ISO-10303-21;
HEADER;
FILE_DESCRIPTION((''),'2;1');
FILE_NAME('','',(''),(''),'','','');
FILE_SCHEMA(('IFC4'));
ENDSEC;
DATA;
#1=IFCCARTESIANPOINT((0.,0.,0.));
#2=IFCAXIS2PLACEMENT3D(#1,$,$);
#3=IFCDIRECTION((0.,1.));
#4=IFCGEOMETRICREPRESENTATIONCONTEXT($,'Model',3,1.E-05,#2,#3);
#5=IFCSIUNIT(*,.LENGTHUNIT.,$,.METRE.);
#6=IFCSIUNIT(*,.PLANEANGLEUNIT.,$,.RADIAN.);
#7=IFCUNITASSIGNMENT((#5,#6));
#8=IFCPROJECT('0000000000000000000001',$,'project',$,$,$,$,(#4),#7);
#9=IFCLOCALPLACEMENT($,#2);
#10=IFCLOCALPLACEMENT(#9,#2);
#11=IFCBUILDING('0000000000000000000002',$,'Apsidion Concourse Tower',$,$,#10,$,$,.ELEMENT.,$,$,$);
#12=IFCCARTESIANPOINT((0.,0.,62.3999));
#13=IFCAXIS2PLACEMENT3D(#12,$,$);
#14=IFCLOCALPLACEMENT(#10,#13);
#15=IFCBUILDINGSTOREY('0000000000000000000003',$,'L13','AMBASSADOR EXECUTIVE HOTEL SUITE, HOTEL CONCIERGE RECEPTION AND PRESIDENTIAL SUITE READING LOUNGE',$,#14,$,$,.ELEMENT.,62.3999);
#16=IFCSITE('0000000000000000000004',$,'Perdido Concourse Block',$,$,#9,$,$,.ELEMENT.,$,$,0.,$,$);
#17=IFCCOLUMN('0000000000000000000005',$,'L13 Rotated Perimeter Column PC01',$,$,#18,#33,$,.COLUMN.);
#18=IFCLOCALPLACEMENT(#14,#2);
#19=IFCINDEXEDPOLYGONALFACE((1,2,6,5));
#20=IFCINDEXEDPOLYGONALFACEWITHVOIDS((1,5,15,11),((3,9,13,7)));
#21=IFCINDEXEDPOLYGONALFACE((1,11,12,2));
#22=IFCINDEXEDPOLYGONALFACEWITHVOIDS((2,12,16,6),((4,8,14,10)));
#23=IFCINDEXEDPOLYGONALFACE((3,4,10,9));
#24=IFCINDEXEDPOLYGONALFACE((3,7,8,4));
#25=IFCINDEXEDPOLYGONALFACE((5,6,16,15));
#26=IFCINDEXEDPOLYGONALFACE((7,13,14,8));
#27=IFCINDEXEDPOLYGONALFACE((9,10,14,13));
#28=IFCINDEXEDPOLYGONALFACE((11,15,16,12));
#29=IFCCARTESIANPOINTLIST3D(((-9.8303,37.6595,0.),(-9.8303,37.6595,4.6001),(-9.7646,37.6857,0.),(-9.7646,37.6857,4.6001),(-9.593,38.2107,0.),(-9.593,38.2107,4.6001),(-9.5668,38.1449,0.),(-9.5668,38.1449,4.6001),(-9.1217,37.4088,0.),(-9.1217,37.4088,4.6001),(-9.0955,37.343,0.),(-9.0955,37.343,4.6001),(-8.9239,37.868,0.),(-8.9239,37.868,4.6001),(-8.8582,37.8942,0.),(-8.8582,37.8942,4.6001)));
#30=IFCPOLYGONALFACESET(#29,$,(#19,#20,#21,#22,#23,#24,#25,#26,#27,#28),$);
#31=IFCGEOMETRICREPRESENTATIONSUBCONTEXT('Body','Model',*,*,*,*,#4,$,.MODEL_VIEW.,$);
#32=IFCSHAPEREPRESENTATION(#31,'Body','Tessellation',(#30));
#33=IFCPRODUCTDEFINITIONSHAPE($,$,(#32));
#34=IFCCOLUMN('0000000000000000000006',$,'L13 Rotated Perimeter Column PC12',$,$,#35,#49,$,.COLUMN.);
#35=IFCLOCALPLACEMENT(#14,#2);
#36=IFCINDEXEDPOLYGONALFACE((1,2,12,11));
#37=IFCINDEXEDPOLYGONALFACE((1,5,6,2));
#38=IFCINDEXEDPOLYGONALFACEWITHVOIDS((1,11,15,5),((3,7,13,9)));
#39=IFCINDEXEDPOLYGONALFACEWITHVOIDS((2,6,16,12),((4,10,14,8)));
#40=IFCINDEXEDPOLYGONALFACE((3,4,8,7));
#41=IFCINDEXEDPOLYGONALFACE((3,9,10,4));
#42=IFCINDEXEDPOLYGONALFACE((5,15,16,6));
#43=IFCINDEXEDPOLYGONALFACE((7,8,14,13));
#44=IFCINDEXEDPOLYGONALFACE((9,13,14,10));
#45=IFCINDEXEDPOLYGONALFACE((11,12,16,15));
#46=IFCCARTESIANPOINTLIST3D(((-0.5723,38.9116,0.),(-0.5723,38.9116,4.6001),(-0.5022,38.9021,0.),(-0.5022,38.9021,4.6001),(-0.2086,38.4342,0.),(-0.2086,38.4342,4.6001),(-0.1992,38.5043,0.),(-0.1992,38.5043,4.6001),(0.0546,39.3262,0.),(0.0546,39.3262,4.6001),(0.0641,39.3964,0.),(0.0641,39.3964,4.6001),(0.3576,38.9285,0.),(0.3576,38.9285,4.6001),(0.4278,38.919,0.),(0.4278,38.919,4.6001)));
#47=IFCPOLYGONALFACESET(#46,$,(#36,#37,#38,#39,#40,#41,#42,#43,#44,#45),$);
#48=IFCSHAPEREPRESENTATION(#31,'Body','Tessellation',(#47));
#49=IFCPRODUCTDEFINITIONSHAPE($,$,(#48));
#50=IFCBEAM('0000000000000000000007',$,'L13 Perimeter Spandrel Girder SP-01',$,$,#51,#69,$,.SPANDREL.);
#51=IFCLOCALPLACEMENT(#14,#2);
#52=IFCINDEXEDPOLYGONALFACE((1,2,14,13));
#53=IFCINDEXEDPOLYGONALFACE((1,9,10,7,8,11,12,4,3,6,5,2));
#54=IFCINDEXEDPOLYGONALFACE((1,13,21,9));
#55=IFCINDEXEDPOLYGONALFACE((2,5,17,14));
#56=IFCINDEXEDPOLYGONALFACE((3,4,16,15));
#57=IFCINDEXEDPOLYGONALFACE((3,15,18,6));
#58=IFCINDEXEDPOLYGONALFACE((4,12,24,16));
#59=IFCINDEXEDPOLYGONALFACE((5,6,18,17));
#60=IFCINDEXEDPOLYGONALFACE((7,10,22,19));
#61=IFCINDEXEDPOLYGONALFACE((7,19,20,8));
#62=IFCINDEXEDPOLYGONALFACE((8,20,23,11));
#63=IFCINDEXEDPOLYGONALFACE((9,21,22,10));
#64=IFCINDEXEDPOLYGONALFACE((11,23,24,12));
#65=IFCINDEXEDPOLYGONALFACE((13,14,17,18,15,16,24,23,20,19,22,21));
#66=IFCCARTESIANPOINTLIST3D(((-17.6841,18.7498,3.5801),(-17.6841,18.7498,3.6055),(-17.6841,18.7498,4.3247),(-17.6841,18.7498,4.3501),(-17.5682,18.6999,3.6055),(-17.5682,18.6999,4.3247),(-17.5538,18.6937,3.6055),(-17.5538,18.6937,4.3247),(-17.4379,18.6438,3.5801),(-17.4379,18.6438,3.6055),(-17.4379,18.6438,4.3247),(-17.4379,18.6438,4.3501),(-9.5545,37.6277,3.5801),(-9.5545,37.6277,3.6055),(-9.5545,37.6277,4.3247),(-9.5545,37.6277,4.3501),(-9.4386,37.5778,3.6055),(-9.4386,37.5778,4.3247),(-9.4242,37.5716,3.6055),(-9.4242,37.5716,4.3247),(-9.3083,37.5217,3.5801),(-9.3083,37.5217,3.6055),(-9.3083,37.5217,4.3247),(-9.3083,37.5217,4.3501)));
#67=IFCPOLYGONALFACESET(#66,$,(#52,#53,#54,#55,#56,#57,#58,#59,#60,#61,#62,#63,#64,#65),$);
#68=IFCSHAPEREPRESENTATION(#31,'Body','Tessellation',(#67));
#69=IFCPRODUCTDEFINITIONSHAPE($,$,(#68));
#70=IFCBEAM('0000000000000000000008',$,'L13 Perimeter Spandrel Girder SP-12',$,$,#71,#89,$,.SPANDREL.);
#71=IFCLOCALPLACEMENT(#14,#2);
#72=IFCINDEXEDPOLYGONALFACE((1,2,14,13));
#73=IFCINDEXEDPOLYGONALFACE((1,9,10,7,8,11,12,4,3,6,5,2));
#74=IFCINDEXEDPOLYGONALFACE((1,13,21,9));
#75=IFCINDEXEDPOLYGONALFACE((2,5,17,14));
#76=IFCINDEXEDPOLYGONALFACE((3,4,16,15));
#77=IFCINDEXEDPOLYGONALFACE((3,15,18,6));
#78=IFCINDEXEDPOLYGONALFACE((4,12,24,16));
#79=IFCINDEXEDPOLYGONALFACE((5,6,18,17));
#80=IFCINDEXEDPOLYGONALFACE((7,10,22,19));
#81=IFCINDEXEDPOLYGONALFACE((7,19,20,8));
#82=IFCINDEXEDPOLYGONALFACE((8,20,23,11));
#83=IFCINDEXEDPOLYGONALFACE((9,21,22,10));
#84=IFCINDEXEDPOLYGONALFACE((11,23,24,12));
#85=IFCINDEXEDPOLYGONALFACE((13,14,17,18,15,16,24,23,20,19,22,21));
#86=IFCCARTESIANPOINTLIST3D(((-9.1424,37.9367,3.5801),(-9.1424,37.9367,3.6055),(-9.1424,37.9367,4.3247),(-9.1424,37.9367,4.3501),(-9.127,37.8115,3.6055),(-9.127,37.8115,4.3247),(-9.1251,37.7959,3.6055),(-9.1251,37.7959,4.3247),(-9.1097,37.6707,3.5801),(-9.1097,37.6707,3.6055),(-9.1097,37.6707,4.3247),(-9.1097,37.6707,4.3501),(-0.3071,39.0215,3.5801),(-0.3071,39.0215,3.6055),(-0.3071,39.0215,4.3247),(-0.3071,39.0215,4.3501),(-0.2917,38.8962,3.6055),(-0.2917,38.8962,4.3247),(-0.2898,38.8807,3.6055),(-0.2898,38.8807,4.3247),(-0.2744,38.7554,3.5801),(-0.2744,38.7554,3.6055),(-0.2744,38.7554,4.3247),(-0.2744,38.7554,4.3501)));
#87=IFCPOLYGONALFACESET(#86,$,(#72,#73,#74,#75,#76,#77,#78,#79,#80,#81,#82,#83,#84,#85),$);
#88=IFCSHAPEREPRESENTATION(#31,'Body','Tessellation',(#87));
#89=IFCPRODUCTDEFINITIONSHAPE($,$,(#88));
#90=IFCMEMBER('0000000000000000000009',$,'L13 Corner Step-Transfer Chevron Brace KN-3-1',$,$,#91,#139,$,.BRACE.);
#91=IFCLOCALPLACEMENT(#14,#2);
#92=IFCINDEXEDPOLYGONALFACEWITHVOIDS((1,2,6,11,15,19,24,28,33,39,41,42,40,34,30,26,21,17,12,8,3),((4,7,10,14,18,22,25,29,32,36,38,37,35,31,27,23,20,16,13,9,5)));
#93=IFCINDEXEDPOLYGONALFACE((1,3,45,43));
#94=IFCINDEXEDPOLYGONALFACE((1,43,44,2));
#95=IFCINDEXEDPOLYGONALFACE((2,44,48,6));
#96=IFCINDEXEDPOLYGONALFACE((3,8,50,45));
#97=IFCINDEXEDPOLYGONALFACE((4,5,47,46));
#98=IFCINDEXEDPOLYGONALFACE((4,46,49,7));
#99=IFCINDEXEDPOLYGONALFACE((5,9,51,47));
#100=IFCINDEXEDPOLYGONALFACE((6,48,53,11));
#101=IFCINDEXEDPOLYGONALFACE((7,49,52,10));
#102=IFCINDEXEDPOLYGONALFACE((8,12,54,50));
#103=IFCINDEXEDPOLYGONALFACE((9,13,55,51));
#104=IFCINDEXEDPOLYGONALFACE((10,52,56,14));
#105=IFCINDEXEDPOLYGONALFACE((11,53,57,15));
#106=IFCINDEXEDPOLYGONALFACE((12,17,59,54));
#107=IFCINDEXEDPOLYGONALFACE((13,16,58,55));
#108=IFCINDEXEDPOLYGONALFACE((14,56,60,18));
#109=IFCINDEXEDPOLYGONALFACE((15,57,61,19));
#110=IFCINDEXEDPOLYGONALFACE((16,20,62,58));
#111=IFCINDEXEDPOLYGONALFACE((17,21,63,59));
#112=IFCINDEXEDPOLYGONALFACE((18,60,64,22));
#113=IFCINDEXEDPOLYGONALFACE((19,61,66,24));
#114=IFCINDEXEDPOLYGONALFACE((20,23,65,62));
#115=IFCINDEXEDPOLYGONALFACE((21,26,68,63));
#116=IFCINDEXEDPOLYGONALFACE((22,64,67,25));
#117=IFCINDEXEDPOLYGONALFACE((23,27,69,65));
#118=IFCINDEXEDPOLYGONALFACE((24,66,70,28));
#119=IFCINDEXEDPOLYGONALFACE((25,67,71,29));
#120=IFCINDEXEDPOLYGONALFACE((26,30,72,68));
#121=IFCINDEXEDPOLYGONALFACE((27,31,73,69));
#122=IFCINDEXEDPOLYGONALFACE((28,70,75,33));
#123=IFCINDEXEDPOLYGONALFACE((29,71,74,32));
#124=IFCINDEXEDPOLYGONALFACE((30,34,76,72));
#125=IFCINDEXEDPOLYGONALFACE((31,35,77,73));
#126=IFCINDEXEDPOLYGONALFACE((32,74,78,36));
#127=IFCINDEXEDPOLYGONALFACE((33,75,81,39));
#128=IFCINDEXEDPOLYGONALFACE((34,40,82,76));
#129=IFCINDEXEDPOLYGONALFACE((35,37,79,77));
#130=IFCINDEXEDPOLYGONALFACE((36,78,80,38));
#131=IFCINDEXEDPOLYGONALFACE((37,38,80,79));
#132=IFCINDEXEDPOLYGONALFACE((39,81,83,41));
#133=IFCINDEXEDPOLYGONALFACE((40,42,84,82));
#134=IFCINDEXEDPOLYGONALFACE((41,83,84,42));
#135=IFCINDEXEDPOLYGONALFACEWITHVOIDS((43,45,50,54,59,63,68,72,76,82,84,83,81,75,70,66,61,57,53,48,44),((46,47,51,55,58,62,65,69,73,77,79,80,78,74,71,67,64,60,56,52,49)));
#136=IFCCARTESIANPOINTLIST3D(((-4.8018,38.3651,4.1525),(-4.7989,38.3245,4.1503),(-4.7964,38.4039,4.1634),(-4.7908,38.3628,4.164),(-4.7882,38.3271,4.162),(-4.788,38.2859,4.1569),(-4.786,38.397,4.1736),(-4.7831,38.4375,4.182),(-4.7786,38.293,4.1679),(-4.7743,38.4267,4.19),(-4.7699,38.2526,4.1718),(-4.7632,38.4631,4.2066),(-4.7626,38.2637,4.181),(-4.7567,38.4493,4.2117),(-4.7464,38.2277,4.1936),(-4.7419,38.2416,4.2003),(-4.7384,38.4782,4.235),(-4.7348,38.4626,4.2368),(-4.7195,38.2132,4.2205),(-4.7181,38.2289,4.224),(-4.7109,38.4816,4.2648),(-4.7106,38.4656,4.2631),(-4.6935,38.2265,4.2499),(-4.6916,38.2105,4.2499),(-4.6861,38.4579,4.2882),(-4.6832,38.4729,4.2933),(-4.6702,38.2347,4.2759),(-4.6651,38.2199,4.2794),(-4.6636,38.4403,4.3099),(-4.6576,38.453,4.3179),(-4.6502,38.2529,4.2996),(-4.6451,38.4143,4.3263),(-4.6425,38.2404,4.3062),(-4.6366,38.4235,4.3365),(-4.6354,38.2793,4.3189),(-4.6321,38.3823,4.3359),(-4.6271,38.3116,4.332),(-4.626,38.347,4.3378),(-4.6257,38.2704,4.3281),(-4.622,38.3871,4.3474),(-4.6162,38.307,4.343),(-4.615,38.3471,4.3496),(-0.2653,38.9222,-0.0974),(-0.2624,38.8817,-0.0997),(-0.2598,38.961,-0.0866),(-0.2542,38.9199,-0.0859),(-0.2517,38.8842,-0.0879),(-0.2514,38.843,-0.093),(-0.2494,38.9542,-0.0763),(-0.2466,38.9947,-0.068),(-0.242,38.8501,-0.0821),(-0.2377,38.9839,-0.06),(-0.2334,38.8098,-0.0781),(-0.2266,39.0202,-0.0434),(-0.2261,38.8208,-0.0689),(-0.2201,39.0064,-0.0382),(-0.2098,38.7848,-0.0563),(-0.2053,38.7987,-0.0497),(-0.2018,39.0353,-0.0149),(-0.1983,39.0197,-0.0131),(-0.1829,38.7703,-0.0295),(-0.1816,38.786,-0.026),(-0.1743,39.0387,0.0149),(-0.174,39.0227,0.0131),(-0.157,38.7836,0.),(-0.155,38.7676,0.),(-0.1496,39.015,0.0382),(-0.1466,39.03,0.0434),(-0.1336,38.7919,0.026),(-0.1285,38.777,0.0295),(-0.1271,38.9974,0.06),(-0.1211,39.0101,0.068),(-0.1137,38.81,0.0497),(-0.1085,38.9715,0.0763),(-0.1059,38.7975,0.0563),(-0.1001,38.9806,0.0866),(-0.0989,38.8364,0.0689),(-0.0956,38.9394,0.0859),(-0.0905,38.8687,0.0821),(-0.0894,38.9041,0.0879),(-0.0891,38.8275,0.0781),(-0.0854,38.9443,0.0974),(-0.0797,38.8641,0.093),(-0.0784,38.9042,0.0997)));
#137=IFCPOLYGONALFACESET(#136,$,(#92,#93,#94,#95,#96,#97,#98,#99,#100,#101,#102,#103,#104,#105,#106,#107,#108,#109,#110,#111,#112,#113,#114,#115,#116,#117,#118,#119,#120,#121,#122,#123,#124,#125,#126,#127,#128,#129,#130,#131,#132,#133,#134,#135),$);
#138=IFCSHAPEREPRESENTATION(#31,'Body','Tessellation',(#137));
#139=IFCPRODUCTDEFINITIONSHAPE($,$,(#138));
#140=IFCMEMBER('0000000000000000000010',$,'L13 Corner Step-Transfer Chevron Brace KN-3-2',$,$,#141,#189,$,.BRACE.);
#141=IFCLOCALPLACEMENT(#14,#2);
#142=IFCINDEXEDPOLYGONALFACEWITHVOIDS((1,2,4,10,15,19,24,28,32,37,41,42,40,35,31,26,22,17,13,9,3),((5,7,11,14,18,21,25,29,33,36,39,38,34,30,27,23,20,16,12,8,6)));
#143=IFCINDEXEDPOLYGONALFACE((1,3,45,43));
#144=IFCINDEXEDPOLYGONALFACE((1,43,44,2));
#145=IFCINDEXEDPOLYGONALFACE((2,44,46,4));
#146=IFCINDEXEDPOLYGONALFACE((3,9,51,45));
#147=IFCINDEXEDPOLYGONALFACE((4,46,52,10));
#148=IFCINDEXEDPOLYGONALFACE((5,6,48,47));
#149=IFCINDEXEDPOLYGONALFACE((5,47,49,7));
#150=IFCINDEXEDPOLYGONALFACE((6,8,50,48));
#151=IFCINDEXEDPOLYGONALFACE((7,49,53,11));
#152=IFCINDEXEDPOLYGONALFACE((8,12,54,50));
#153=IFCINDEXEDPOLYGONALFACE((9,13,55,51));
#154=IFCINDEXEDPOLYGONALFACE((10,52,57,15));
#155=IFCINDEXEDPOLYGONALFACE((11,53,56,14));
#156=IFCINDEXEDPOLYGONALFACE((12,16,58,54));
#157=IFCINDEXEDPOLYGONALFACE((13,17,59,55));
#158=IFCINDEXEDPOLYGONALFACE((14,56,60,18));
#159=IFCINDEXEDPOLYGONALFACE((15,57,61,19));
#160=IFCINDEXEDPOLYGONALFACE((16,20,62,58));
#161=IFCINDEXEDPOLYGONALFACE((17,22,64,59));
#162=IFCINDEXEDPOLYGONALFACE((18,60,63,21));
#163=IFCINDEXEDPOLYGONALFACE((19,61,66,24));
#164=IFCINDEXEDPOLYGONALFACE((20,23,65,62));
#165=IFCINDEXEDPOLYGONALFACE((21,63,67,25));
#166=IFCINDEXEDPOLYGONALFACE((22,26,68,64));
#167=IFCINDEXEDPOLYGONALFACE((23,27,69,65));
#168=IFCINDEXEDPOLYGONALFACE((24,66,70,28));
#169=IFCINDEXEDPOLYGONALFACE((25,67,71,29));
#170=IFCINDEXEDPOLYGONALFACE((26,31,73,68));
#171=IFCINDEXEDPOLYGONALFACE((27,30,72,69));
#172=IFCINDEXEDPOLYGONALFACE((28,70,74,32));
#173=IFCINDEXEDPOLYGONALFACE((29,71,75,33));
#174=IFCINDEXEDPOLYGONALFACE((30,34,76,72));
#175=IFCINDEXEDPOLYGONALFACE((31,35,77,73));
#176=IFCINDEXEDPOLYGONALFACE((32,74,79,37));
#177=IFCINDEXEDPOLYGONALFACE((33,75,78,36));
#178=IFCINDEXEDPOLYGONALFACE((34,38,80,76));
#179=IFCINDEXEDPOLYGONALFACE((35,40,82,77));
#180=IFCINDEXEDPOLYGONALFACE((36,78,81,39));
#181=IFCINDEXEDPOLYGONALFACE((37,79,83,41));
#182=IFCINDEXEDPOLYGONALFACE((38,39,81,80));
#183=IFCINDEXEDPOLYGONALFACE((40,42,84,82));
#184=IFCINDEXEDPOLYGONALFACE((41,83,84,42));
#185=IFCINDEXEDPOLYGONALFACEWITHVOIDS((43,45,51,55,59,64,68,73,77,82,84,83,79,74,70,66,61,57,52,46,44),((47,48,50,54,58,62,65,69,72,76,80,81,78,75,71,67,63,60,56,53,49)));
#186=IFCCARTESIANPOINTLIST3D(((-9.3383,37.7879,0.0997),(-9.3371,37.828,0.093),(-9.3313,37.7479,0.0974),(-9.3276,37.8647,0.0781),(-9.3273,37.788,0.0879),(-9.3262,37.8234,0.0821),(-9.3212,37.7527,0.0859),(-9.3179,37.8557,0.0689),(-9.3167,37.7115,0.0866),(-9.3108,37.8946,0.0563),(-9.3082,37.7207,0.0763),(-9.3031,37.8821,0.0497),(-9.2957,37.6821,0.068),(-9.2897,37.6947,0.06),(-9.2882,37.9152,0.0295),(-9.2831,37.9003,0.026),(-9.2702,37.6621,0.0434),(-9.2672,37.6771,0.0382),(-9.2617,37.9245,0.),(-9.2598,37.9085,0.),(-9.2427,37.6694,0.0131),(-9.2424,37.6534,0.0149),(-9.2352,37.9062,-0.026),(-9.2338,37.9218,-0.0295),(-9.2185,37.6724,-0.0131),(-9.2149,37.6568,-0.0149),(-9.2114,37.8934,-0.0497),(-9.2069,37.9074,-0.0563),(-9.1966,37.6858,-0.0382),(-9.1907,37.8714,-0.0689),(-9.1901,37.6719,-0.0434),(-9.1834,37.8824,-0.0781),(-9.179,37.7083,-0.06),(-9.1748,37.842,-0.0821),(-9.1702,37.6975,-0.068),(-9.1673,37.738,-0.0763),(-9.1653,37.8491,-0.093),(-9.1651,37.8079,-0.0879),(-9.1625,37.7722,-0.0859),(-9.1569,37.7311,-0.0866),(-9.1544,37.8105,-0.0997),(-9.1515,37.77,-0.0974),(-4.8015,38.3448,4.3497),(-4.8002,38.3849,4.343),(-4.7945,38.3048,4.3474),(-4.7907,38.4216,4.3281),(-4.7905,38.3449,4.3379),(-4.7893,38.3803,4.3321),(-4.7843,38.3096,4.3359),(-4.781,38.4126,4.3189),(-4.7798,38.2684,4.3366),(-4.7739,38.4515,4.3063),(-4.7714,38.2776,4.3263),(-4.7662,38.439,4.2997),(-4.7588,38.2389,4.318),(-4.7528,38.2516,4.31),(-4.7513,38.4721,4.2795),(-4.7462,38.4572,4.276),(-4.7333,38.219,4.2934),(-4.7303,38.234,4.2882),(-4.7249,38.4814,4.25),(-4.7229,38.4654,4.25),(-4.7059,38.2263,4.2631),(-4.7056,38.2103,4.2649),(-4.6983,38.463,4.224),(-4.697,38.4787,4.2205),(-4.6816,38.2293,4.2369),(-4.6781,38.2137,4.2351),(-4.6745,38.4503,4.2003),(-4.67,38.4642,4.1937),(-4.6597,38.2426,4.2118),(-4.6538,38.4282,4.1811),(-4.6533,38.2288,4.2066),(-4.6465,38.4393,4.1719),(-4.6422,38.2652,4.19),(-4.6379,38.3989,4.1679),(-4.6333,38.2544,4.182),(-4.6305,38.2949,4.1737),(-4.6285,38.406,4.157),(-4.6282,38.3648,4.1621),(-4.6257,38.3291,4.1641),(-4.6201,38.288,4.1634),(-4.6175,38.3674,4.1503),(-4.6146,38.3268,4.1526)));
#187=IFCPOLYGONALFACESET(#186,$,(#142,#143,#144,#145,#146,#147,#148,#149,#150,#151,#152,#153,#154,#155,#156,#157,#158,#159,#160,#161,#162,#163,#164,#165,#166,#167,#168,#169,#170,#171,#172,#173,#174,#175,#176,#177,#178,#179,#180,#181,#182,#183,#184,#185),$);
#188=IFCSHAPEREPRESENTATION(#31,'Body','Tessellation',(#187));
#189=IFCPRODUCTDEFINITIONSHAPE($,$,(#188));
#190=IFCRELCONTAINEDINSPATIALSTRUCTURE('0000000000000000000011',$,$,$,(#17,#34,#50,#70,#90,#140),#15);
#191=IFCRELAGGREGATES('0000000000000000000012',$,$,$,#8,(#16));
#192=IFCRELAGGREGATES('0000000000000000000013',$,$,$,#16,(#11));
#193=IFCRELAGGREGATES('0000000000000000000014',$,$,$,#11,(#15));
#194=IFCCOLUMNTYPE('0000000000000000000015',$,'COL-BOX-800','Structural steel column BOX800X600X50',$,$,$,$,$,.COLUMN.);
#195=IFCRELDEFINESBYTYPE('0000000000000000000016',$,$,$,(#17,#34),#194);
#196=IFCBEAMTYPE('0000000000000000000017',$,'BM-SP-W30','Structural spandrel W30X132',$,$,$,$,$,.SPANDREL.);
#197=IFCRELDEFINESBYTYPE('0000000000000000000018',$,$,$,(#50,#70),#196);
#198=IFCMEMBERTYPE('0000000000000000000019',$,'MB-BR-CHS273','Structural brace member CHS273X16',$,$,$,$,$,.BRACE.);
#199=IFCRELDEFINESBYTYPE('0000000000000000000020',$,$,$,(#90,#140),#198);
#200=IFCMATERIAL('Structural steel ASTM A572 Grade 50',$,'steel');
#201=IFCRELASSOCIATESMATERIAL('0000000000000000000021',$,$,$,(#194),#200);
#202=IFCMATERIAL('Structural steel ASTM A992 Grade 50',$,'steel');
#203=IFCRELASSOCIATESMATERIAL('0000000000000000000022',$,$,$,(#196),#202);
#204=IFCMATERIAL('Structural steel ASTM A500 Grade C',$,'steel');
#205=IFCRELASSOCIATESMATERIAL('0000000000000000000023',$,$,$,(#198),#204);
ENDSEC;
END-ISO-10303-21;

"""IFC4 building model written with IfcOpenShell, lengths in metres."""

from ifc_helpers import new_model, si_unit, direction, frame, origin, origin_2d, place, context, subcontext, project, spatial, hollow_rectangle, hollow_circle, i_section, extrude, material, material_profile, profile_set, type_object, element, save


model = new_model("IFC4")

# Units and contexts
model_context = context("Model", 3, precision=1e-05, world=origin(), true_north=direction((0.0, 1.0)))
body_context = subcontext(model_context, "Body", "Model", "MODEL_VIEW")
ifc_project = project(units=[si_unit("LENGTHUNIT", "METRE"), si_unit("PLANEANGLEUNIT", "RADIAN")], contexts=[model_context])

# Site, building, storey
site_placement = place(None, origin())
site = spatial("IfcSite", under=ifc_project, at=site_placement, Name="Perdido Concourse Block", CompositionType="ELEMENT", RefElevation=0.0)
building_placement = place(site_placement, origin())
building = spatial("IfcBuilding", under=site, at=building_placement, Name="Apsidion Concourse Tower", CompositionType="ELEMENT")
storey_placement = place(building_placement, frame((0.0, 0.0, 62.3999)))
storey = spatial("IfcBuildingStorey", under=building, at=storey_placement, Name="L13", Description="AMBASSADOR EXECUTIVE HOTEL SUITE, HOTEL CONCIERGE RECEPTION AND PRESIDENTIAL SUITE READING LOUNGE", CompositionType="ELEMENT", Elevation=62.3999)

# Columns
ifc_material_1 = material(Name="Structural steel ASTM A572 Grade 50", Category="steel")
ifc_material_profile_1 = material_profile(ifc_material_1, hollow_rectangle(XDim=0.6001, YDim=0.8, WallThickness=0.05, at=origin_2d()), Name="BOX800X600X50")
ifc_profile_set_1 = profile_set([ifc_material_profile_1], Name="Structural steel ASTM A572 Grade 50")
column_type = type_object("IfcColumnType", Name="COL-BOX-800", Description="Structural steel column BOX800X600X50", PredefinedType="COLUMN", material=ifc_profile_set_1)
for number, where, z_axis, x_axis, name in (
    (1, (-9.3442, 37.7769, 0.0), (0.0, 0.0, 1.0), (0.395546, 0.918446, 0.0), "L13 Rotated Perimeter Column PC01"),
    (2, (-0.0723, 38.9153, 0.0), (0.0, 0.0, 1.0), (-0.605988, 0.795473, 0.0), "L13 Rotated Perimeter Column PC12"),
):
    element("IfcColumn", number, at=place(storey_placement, frame(where, z_axis=z_axis, x_axis=x_axis)), inside=storey, type_object=column_type, Name=name, PredefinedType="COLUMN", context=body_context, shape_type="SweptSolid", body=[
        extrude(hollow_rectangle(XDim=0.6001, YDim=0.8, WallThickness=0.05, at=origin_2d()), origin(), (0.0, 0.0, 1.0), 4.6001),
    ])

# Beams
ifc_material_2 = material(Name="Structural steel ASTM A992 Grade 50", Category="steel")
ifc_material_profile_2 = material_profile(ifc_material_2, i_section(OverallWidth=0.2681, OverallDepth=0.77, WebThickness=0.0156, FlangeThickness=0.0254, at=origin_2d()), Name="W30X132")
ifc_profile_set_2 = profile_set([ifc_material_profile_2], Name="Structural steel ASTM A992 Grade 50")
beam_type = type_object("IfcBeamType", Name="BM-SP-W30", Description="Structural spandrel W30X132", PredefinedType="SPANDREL", material=ifc_profile_set_2)
beam_1_placement = place(storey_placement, frame((-9.4314, 37.5747, 3.9651), z_axis=(-0.395526, -0.918455, 0.0), x_axis=(0.918455, -0.395526, 0.0)))
element("IfcBeam", 3, at=beam_1_placement, inside=storey, type_object=beam_type, Name="L13 Perimeter Spandrel Girder SP-01", PredefinedType="SPANDREL", context=body_context, shape_type="SweptSolid", body=[
    extrude(i_section(OverallWidth=0.2681, OverallDepth=0.77, WebThickness=0.0156, FlangeThickness=0.0254, at=origin_2d()), origin(), (0.0, 0.0, 1.0), 20.554),
])
beam_2_placement = place(storey_placement, frame((-0.2908, 38.8884, 3.9651), z_axis=(-0.992548, -0.121857, 0.0), x_axis=(0.121857, -0.992548, 0.0)))
element("IfcBeam", 4, at=beam_2_placement, inside=storey, type_object=beam_type, Name="L13 Perimeter Spandrel Girder SP-12", PredefinedType="SPANDREL", context=body_context, shape_type="SweptSolid", body=[
    extrude(i_section(OverallWidth=0.2681, OverallDepth=0.77, WebThickness=0.0156, FlangeThickness=0.0254, at=origin_2d()), origin(), (0.0, 0.0, 1.0), 8.9016),
])

# Members
ifc_material_3 = material(Name="Structural steel ASTM A500 Grade C", Category="steel")
ifc_material_profile_3 = material_profile(ifc_material_3, hollow_circle(Radius=0.1365, WallThickness=0.0161, at=origin_2d()), Name="CHS273X16")
ifc_profile_set_3 = profile_set([ifc_material_profile_3], Name="Structural steel ASTM A500 Grade C")
member_type = type_object("IfcMemberType", Name="MB-BR-CHS273", Description="Structural brace member CHS273X16", PredefinedType="BRACE", material=ifc_profile_set_3)
member_1_placement = place(storey_placement, frame((-0.1716, 38.9031, 0.0), z_axis=(-0.726871, -0.089265, 0.680948), x_axis=(0.121891, -0.992543, 0.0)))
element("IfcMember", 5, at=member_1_placement, inside=storey, type_object=member_type, Name="L13 Corner Step-Transfer Chevron Brace KN-3-1", PredefinedType="BRACE", context=body_context, shape_type="SweptSolid", body=[
    extrude(hollow_circle(Radius=0.1365, WallThickness=0.0161, at=origin_2d()), origin(), (0.0, 0.0, 1.0), 6.2412),
])
member_2_placement = place(storey_placement, frame((-9.2451, 37.7891, 0.0), z_axis=(0.726892, 0.089224, 0.680931), x_axis=(-0.121832, 0.992551, 0.0)))
element("IfcMember", 6, at=member_2_placement, inside=storey, type_object=member_type, Name="L13 Corner Step-Transfer Chevron Brace KN-3-2", PredefinedType="BRACE", context=body_context, shape_type="SweptSolid", body=[
    extrude(hollow_circle(Radius=0.1365, WallThickness=0.0161, at=origin_2d()), origin(), (0.0, 0.0, 1.0), 6.2415),
])

save(model, "model.ifc")
